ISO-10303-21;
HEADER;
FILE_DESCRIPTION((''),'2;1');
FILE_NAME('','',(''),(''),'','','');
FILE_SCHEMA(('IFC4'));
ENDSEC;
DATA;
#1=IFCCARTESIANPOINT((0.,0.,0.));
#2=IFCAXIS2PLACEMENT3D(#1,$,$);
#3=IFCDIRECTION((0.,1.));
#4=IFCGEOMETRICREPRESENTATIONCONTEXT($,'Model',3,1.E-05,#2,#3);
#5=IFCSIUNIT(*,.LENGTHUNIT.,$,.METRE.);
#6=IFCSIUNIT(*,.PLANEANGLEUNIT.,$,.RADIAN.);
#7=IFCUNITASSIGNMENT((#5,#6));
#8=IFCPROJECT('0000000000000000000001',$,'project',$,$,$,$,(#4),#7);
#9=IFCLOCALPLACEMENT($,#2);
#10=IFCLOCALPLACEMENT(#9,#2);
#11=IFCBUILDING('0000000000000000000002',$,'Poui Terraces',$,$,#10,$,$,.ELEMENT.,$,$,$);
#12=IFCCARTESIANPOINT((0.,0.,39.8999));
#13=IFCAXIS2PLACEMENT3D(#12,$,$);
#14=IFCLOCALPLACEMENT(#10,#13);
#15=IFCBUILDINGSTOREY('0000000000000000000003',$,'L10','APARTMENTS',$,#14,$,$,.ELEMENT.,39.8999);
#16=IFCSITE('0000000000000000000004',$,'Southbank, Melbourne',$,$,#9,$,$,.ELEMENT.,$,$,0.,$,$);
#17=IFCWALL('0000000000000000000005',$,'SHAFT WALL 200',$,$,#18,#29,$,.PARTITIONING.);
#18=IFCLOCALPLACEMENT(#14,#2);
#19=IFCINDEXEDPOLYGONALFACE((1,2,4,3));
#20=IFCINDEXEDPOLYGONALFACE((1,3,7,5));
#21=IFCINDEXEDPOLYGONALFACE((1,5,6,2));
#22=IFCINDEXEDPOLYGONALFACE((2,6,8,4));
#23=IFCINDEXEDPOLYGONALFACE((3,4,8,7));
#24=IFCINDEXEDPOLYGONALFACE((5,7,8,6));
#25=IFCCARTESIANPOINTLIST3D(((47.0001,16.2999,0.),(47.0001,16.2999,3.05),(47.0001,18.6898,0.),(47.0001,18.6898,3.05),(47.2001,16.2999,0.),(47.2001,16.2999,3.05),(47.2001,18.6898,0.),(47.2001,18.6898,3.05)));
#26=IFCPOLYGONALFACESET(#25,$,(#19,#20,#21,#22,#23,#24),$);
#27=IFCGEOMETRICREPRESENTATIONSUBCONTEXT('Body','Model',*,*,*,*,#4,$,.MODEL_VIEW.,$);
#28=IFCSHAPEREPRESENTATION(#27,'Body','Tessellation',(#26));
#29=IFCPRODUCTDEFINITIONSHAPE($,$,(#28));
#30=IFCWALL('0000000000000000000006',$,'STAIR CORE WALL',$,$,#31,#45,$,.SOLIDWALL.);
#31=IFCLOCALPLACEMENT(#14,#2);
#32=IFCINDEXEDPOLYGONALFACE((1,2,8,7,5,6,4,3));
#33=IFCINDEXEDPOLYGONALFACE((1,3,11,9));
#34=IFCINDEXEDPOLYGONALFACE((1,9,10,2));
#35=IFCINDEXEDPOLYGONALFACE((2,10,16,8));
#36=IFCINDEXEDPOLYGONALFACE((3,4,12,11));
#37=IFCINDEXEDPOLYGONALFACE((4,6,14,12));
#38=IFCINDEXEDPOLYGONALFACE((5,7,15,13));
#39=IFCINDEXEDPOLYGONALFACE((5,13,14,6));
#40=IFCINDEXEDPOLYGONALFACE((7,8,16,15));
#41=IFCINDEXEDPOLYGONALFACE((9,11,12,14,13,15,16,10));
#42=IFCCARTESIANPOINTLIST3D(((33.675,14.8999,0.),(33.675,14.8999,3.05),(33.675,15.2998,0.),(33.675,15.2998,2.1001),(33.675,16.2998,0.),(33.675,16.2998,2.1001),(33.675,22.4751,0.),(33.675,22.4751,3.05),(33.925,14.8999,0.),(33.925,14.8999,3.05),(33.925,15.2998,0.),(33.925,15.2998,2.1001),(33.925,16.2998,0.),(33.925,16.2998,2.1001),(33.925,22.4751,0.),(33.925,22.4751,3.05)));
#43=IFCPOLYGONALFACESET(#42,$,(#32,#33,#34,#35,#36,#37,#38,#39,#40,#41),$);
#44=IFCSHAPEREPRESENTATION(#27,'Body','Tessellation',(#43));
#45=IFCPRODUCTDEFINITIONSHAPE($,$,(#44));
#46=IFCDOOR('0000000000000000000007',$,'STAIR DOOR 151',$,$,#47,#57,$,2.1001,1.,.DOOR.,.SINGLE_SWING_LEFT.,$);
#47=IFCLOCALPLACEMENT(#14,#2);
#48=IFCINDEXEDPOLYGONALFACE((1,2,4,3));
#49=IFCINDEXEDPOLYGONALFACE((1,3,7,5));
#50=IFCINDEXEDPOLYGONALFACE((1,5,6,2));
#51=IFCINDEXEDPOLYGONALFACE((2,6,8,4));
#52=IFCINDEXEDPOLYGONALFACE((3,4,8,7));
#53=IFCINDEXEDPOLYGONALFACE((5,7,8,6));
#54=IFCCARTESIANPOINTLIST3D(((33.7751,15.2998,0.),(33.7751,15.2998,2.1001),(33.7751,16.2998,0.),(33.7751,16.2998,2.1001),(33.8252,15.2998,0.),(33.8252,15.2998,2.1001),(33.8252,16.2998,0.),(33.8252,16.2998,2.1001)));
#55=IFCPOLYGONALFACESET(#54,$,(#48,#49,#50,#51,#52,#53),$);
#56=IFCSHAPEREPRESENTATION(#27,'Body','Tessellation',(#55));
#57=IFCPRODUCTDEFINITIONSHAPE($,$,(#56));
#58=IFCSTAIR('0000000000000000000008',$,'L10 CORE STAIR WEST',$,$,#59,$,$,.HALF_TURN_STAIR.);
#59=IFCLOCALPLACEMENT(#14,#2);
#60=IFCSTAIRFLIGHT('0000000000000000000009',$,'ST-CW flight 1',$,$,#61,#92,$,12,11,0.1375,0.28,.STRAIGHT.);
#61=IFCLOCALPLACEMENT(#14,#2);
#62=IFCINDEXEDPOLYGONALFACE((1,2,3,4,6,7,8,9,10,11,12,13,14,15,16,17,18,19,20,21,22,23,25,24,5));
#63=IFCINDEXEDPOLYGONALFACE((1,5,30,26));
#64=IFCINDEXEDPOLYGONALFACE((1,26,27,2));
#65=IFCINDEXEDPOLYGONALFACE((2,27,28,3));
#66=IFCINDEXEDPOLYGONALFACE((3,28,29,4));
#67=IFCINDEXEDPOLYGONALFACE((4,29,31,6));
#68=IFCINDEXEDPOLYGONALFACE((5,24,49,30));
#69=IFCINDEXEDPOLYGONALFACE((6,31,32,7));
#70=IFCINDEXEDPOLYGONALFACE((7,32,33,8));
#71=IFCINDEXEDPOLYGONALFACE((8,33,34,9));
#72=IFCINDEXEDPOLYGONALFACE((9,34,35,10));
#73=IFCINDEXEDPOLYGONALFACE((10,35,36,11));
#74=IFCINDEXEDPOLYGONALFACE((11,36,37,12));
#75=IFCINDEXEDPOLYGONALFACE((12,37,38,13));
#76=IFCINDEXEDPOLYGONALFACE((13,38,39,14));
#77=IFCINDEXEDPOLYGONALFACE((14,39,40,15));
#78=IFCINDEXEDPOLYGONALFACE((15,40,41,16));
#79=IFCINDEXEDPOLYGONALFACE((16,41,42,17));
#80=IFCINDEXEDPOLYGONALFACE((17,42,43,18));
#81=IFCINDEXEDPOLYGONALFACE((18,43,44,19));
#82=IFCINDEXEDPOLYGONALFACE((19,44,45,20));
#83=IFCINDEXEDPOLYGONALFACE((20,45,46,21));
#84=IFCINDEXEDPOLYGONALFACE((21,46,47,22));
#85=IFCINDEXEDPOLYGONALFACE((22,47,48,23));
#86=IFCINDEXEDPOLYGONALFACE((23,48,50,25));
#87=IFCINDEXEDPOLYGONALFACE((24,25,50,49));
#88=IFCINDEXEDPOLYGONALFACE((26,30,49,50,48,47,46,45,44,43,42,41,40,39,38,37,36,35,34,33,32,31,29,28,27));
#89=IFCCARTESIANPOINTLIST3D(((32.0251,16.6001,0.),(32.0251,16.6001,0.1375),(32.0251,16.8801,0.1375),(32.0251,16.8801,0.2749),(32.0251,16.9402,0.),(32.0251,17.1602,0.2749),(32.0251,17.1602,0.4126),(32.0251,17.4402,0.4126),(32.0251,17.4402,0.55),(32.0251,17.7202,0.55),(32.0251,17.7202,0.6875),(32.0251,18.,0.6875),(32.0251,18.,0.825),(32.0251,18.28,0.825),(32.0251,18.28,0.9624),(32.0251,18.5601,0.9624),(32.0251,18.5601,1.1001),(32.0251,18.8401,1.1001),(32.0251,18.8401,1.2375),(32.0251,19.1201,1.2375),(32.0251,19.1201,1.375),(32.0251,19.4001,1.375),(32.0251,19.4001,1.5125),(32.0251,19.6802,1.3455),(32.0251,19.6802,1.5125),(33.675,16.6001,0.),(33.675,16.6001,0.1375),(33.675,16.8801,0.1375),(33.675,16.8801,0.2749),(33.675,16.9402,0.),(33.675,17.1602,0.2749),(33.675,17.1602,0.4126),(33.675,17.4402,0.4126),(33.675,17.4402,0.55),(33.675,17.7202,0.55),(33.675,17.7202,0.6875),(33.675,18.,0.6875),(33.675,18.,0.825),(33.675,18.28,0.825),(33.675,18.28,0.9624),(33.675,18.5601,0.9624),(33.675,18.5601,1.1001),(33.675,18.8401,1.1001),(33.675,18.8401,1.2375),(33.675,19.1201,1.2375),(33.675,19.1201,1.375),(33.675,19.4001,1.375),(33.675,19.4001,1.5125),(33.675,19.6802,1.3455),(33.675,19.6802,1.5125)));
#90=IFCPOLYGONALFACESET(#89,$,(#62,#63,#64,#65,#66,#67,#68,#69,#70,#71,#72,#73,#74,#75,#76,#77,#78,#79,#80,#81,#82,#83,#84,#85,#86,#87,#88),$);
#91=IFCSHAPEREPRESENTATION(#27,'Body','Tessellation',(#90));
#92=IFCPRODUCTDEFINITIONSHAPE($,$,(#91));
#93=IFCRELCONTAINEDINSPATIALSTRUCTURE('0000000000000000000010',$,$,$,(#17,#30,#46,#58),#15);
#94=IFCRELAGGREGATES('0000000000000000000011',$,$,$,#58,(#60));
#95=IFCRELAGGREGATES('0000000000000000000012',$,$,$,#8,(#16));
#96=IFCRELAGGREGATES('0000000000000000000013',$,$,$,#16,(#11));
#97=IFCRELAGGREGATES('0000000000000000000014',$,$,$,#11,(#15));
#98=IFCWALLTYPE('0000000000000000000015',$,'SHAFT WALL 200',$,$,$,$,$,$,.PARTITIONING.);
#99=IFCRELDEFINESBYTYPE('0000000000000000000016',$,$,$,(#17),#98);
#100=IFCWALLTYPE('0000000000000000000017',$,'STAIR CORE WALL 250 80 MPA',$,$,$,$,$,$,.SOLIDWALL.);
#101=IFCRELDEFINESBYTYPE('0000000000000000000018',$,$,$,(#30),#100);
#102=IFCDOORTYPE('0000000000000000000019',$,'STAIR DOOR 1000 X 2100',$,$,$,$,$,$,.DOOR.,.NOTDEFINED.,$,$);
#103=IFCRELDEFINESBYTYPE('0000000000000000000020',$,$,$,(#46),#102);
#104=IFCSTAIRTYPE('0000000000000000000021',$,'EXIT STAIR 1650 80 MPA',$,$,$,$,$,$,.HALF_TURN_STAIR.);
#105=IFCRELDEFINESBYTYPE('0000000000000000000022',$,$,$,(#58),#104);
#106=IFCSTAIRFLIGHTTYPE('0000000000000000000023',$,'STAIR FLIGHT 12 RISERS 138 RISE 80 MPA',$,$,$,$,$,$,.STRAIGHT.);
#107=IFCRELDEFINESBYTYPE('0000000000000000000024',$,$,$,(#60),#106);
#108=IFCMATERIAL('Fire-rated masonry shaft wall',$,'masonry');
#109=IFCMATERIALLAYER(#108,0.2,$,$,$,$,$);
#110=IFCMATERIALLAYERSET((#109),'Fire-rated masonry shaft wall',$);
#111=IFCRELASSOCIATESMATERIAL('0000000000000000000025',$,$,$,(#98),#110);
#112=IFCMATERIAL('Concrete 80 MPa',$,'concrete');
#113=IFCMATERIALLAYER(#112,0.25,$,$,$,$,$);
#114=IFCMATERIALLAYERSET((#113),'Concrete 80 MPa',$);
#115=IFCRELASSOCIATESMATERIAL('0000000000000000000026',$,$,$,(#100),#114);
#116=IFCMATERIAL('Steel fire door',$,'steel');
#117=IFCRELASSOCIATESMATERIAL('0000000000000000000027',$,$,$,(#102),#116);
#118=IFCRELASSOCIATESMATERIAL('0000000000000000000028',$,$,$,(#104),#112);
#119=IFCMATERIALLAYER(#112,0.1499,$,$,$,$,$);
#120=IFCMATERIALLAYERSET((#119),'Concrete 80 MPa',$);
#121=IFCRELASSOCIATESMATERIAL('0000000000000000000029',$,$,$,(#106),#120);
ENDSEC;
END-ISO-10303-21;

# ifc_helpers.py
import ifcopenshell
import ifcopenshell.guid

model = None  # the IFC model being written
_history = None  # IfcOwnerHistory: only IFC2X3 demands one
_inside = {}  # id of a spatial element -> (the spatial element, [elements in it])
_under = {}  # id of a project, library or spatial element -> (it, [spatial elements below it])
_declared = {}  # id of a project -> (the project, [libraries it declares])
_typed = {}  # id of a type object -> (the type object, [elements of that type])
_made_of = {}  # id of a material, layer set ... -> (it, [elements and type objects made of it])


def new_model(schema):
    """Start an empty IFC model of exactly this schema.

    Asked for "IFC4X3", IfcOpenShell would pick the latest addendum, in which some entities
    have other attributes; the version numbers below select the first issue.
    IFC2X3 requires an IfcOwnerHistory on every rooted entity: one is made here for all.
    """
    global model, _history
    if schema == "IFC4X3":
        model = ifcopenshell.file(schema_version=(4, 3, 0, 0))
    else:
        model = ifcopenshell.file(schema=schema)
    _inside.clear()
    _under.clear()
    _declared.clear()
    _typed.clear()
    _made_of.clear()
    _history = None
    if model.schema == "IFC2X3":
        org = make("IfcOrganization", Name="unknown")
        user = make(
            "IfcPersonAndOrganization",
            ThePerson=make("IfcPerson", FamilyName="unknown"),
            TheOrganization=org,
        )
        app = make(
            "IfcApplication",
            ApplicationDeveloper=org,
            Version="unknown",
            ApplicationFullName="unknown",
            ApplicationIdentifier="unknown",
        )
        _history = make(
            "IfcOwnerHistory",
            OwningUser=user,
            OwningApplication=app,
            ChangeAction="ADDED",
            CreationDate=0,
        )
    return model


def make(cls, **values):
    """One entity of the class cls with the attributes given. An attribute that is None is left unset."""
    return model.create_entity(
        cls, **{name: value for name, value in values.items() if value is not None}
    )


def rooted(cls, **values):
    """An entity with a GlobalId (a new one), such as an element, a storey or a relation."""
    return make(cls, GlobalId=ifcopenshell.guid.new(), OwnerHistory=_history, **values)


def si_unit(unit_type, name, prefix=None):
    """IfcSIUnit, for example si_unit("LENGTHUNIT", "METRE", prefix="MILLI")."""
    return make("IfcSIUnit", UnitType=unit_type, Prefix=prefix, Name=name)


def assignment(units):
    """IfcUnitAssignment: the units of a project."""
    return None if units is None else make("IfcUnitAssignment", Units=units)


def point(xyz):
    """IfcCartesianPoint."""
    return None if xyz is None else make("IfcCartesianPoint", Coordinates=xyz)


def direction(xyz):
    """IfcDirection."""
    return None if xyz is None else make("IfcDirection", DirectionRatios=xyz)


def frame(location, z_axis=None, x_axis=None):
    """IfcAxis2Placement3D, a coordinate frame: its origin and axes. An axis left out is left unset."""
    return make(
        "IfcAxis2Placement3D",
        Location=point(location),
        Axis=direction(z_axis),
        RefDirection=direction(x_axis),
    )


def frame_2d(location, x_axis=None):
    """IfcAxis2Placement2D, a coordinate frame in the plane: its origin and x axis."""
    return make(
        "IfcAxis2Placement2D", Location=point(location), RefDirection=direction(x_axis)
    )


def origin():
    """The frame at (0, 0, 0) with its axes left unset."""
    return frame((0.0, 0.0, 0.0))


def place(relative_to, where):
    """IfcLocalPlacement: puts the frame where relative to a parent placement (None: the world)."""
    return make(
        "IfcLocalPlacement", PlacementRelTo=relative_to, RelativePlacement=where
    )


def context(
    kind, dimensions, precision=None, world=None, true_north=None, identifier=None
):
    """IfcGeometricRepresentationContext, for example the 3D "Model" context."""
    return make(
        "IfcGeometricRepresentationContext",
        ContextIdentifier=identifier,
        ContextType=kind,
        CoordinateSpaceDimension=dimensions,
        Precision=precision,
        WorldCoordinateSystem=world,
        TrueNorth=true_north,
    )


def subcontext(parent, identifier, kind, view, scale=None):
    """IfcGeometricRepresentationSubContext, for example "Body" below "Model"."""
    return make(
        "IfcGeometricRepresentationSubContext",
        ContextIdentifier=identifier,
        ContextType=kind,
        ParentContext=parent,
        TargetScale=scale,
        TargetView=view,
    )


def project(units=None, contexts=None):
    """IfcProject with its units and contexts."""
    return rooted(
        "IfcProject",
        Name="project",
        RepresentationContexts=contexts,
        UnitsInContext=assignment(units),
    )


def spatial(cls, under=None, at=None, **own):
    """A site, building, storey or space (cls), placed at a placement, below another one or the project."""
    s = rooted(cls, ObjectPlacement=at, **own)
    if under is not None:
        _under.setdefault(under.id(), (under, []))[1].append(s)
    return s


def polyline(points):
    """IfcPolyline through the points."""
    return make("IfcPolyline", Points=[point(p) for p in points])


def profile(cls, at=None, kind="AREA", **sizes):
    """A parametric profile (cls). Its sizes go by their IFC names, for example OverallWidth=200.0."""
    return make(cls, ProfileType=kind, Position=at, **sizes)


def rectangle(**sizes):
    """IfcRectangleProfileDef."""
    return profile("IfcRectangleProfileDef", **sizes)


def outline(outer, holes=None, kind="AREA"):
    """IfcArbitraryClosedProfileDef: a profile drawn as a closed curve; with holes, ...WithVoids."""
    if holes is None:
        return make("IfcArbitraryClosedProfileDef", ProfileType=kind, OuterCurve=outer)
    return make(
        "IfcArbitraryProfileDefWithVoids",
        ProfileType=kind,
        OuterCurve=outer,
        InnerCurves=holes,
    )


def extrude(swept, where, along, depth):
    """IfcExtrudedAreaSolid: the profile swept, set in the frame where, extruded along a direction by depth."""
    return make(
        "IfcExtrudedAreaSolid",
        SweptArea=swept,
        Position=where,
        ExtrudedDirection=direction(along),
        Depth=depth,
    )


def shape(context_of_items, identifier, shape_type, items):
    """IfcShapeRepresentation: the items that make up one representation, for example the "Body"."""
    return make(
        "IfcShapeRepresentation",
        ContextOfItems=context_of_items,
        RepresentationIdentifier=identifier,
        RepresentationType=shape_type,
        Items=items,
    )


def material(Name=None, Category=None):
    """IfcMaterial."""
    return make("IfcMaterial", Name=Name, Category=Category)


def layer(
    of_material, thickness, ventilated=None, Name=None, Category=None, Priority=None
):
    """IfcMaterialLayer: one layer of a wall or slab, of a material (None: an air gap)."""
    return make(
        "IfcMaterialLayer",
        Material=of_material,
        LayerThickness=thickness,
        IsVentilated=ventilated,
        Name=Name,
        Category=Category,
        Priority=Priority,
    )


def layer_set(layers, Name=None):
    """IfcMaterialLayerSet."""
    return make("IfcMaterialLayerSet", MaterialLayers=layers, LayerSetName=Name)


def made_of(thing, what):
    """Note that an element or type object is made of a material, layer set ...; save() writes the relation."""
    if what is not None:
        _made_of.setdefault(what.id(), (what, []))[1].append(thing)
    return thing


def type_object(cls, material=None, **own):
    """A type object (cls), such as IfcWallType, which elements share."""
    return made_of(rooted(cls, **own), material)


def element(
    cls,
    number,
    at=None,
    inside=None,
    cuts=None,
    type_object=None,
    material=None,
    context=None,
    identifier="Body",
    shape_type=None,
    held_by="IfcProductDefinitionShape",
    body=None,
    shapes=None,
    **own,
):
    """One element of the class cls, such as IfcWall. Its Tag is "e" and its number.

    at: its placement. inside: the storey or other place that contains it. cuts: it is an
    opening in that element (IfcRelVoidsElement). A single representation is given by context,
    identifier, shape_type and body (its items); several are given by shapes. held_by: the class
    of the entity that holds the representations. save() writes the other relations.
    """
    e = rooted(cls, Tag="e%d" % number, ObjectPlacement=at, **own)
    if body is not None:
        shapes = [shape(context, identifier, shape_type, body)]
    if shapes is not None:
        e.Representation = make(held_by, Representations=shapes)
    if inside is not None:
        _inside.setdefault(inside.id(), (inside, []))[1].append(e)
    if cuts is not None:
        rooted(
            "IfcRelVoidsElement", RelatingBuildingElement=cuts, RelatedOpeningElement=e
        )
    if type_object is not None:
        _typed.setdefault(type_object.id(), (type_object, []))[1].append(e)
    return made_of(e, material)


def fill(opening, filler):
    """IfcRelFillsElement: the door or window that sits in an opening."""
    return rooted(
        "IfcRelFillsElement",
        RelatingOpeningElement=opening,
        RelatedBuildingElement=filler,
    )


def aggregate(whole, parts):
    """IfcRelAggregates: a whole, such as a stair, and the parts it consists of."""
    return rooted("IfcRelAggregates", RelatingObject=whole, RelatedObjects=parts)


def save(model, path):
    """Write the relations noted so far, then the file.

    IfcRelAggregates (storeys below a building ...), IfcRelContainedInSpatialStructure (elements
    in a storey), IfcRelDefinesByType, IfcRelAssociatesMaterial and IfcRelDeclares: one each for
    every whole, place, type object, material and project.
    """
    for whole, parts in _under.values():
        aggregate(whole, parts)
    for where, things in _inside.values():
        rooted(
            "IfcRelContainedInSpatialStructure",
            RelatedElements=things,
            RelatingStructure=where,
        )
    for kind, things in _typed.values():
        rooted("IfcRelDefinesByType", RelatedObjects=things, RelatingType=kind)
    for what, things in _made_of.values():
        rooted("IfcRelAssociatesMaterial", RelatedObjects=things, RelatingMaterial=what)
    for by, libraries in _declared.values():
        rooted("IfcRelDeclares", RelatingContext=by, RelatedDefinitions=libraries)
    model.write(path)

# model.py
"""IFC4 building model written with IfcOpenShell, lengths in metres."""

from ifc_helpers import new_model, si_unit, direction, frame, frame_2d, origin, place, context, subcontext, project, spatial, polyline, rectangle, outline, extrude, material, layer, layer_set, type_object, element, fill, aggregate, save


model = new_model("IFC4")

# Units and contexts
model_context = context("Model", 3, precision=1e-05, world=origin(), true_north=direction((0.0, 1.0)))
body_context = subcontext(model_context, "Body", "Model", "MODEL_VIEW")
ifc_project = project(units=[si_unit("LENGTHUNIT", "METRE"), si_unit("PLANEANGLEUNIT", "RADIAN")], contexts=[model_context])

# Site, building, storey
site_placement = place(None, origin())
site = spatial("IfcSite", under=ifc_project, at=site_placement, Name="Southbank, Melbourne", CompositionType="ELEMENT", RefElevation=0.0)
building_placement = place(site_placement, origin())
building = spatial("IfcBuilding", under=site, at=building_placement, Name="Poui Terraces", CompositionType="ELEMENT")
storey_placement = place(building_placement, frame((0.0, 0.0, 39.8999)))
storey = spatial("IfcBuildingStorey", under=building, at=storey_placement, Name="L10", Description="APARTMENTS", CompositionType="ELEMENT", Elevation=39.8999)

# Shared definitions
ifc_material_1 = material(Name="Concrete 80 MPa", Category="concrete")
ifc_material_2 = material(Name="Steel fire door", Category="steel")

# Shared definitions
ifc_material_3 = material(Name="Fire-rated masonry shaft wall", Category="masonry")
ifc_layer_1 = layer(ifc_material_3, 0.2)
ifc_layer_set_1 = layer_set([ifc_layer_1], Name="Fire-rated masonry shaft wall")
wall_type_1 = type_object("IfcWallType", Name="SHAFT WALL 200", PredefinedType="PARTITIONING", material=ifc_layer_set_1)

# Wall
wall_1_placement = place(storey_placement, frame((47.1001, 16.3, 0.0), z_axis=(0.0, 0.0, 1.0), x_axis=(0.0, 1.0, 0.0)))
element("IfcWall", 1, at=wall_1_placement, inside=storey, type_object=wall_type_1, Name="SHAFT WALL 200", PredefinedType="PARTITIONING", context=body_context, shape_type="SweptSolid", body=[
    extrude(rectangle(XDim=2.3899, YDim=0.2, at=frame_2d((1.1948, 0.0))), origin(), (0.0, 0.0, 1.0), 3.05),
])

# Wall, opening, door
ifc_layer_2 = layer(ifc_material_1, 0.25)
ifc_layer_set_2 = layer_set([ifc_layer_2], Name="Concrete 80 MPa")
wall_type_2 = type_object("IfcWallType", Name="STAIR CORE WALL 250 80 MPA", PredefinedType="SOLIDWALL", material=ifc_layer_set_2)
wall_2_placement = place(storey_placement, frame((33.8, 14.8999, 0.0), z_axis=(0.0, 0.0, 1.0), x_axis=(0.0, 1.0, 0.0)))
wall_2 = element("IfcWall", 2, at=wall_2_placement, inside=storey, type_object=wall_type_2, Name="STAIR CORE WALL", PredefinedType="SOLIDWALL", context=body_context, shape_type="SweptSolid", body=[
    extrude(rectangle(XDim=7.5752, YDim=0.25, at=frame_2d((3.7876, 0.0))), origin(), (0.0, 0.0, 1.0), 3.05),
])
opening_1_placement = place(wall_2_placement, frame((0.3999, 0.0, 0.0)))
opening_1 = element("IfcOpeningElement", 3, at=opening_1_placement, cuts=wall_2, PredefinedType="OPENING", context=body_context, shape_type="SweptSolid", body=[
    extrude(rectangle(XDim=1.0, YDim=2.1001, at=frame_2d((0.5, 1.05))), frame((0.0, 0.135, 0.0), z_axis=(0.0, -1.0, 0.0), x_axis=(1.0, 0.0, 0.0)), (0.0, 0.0, 1.0), 0.27),
])
door_type_1 = type_object("IfcDoorType", Name="STAIR DOOR 1000 X 2100", OperationType="NOTDEFINED", PredefinedType="DOOR", material=ifc_material_2)
door_1_placement = place(opening_1_placement, origin())
door_1 = element("IfcDoor", 4, at=door_1_placement, inside=storey, type_object=door_type_1, Name="STAIR DOOR 151", OperationType="SINGLE_SWING_LEFT", OverallHeight=2.1001, OverallWidth=1.0, PredefinedType="DOOR", context=body_context, shape_type="SweptSolid", body=[
    extrude(rectangle(XDim=1.0, YDim=2.1001, at=frame_2d((0.5, 1.05))), frame((0.0, 0.0249, 0.0), z_axis=(0.0, -1.0, 0.0), x_axis=(1.0, 0.0, 0.0)), (0.0, 0.0, 1.0), 0.05),
])
fill(opening_1, door_1)

# Stair, stair flight
stair_type = type_object("IfcStairType", Name="EXIT STAIR 1650 80 MPA", PredefinedType="HALF_TURN_STAIR", material=ifc_material_1)
stair_placement = place(storey_placement, origin())
stair = element("IfcStair", 5, at=stair_placement, inside=storey, type_object=stair_type, Name="L10 CORE STAIR WEST", PredefinedType="HALF_TURN_STAIR")
ifc_layer_3 = layer(ifc_material_1, 0.1499)
ifc_layer_set_3 = layer_set([ifc_layer_3], Name="Concrete 80 MPa")
stair_flight_type = type_object("IfcStairFlightType", Name="STAIR FLIGHT 12 RISERS 138 RISE 80 MPA", PredefinedType="STRAIGHT", material=ifc_layer_set_3)
stair_flight_placement = place(storey_placement, frame((32.8501, 16.6001, 0.0), z_axis=(0.0, 0.0, 1.0), x_axis=(0.0, 1.0, 0.0)))
stair_flight = element("IfcStairFlight", 6, at=stair_flight_placement, type_object=stair_flight_type, Name="ST-CW flight 1", NumberOfRisers=12, NumberOfTreads=11, PredefinedType="STRAIGHT", RiserHeight=0.1375, TreadLength=0.28, context=body_context, shape_type="SweptSolid", body=[
    extrude(outline(polyline([(0.0, 0.0), (0.0, 0.1375), (0.28, 0.1375), (0.28, 0.2749), (0.5601, 0.2749), (0.5601, 0.4126), (0.8401, 0.4126), (0.8401, 0.55), (1.1201, 0.55), (1.1201, 0.6875), (1.3999, 0.6875), (1.3999, 0.825), (1.6799, 0.825), (1.6799, 0.9624), (1.96, 0.9624), (1.96, 1.1001), (2.24, 1.1001), (2.24, 1.2375), (2.52, 1.2375), (2.52, 1.375), (2.8, 1.375), (2.8, 1.5125), (3.0801, 1.5125), (3.0801, 1.6499), (3.0801, 1.3455), (0.3401, 0.0), (0.0, 0.0)])), frame((0.0, 0.825, 0.0), z_axis=(0.0, -1.0, 0.0), x_axis=(1.0, 0.0, 0.0)), (0.0, 0.0, 1.0), 1.6499),
])
aggregate(stair, [stair_flight])

save(model, "model.ifc")
